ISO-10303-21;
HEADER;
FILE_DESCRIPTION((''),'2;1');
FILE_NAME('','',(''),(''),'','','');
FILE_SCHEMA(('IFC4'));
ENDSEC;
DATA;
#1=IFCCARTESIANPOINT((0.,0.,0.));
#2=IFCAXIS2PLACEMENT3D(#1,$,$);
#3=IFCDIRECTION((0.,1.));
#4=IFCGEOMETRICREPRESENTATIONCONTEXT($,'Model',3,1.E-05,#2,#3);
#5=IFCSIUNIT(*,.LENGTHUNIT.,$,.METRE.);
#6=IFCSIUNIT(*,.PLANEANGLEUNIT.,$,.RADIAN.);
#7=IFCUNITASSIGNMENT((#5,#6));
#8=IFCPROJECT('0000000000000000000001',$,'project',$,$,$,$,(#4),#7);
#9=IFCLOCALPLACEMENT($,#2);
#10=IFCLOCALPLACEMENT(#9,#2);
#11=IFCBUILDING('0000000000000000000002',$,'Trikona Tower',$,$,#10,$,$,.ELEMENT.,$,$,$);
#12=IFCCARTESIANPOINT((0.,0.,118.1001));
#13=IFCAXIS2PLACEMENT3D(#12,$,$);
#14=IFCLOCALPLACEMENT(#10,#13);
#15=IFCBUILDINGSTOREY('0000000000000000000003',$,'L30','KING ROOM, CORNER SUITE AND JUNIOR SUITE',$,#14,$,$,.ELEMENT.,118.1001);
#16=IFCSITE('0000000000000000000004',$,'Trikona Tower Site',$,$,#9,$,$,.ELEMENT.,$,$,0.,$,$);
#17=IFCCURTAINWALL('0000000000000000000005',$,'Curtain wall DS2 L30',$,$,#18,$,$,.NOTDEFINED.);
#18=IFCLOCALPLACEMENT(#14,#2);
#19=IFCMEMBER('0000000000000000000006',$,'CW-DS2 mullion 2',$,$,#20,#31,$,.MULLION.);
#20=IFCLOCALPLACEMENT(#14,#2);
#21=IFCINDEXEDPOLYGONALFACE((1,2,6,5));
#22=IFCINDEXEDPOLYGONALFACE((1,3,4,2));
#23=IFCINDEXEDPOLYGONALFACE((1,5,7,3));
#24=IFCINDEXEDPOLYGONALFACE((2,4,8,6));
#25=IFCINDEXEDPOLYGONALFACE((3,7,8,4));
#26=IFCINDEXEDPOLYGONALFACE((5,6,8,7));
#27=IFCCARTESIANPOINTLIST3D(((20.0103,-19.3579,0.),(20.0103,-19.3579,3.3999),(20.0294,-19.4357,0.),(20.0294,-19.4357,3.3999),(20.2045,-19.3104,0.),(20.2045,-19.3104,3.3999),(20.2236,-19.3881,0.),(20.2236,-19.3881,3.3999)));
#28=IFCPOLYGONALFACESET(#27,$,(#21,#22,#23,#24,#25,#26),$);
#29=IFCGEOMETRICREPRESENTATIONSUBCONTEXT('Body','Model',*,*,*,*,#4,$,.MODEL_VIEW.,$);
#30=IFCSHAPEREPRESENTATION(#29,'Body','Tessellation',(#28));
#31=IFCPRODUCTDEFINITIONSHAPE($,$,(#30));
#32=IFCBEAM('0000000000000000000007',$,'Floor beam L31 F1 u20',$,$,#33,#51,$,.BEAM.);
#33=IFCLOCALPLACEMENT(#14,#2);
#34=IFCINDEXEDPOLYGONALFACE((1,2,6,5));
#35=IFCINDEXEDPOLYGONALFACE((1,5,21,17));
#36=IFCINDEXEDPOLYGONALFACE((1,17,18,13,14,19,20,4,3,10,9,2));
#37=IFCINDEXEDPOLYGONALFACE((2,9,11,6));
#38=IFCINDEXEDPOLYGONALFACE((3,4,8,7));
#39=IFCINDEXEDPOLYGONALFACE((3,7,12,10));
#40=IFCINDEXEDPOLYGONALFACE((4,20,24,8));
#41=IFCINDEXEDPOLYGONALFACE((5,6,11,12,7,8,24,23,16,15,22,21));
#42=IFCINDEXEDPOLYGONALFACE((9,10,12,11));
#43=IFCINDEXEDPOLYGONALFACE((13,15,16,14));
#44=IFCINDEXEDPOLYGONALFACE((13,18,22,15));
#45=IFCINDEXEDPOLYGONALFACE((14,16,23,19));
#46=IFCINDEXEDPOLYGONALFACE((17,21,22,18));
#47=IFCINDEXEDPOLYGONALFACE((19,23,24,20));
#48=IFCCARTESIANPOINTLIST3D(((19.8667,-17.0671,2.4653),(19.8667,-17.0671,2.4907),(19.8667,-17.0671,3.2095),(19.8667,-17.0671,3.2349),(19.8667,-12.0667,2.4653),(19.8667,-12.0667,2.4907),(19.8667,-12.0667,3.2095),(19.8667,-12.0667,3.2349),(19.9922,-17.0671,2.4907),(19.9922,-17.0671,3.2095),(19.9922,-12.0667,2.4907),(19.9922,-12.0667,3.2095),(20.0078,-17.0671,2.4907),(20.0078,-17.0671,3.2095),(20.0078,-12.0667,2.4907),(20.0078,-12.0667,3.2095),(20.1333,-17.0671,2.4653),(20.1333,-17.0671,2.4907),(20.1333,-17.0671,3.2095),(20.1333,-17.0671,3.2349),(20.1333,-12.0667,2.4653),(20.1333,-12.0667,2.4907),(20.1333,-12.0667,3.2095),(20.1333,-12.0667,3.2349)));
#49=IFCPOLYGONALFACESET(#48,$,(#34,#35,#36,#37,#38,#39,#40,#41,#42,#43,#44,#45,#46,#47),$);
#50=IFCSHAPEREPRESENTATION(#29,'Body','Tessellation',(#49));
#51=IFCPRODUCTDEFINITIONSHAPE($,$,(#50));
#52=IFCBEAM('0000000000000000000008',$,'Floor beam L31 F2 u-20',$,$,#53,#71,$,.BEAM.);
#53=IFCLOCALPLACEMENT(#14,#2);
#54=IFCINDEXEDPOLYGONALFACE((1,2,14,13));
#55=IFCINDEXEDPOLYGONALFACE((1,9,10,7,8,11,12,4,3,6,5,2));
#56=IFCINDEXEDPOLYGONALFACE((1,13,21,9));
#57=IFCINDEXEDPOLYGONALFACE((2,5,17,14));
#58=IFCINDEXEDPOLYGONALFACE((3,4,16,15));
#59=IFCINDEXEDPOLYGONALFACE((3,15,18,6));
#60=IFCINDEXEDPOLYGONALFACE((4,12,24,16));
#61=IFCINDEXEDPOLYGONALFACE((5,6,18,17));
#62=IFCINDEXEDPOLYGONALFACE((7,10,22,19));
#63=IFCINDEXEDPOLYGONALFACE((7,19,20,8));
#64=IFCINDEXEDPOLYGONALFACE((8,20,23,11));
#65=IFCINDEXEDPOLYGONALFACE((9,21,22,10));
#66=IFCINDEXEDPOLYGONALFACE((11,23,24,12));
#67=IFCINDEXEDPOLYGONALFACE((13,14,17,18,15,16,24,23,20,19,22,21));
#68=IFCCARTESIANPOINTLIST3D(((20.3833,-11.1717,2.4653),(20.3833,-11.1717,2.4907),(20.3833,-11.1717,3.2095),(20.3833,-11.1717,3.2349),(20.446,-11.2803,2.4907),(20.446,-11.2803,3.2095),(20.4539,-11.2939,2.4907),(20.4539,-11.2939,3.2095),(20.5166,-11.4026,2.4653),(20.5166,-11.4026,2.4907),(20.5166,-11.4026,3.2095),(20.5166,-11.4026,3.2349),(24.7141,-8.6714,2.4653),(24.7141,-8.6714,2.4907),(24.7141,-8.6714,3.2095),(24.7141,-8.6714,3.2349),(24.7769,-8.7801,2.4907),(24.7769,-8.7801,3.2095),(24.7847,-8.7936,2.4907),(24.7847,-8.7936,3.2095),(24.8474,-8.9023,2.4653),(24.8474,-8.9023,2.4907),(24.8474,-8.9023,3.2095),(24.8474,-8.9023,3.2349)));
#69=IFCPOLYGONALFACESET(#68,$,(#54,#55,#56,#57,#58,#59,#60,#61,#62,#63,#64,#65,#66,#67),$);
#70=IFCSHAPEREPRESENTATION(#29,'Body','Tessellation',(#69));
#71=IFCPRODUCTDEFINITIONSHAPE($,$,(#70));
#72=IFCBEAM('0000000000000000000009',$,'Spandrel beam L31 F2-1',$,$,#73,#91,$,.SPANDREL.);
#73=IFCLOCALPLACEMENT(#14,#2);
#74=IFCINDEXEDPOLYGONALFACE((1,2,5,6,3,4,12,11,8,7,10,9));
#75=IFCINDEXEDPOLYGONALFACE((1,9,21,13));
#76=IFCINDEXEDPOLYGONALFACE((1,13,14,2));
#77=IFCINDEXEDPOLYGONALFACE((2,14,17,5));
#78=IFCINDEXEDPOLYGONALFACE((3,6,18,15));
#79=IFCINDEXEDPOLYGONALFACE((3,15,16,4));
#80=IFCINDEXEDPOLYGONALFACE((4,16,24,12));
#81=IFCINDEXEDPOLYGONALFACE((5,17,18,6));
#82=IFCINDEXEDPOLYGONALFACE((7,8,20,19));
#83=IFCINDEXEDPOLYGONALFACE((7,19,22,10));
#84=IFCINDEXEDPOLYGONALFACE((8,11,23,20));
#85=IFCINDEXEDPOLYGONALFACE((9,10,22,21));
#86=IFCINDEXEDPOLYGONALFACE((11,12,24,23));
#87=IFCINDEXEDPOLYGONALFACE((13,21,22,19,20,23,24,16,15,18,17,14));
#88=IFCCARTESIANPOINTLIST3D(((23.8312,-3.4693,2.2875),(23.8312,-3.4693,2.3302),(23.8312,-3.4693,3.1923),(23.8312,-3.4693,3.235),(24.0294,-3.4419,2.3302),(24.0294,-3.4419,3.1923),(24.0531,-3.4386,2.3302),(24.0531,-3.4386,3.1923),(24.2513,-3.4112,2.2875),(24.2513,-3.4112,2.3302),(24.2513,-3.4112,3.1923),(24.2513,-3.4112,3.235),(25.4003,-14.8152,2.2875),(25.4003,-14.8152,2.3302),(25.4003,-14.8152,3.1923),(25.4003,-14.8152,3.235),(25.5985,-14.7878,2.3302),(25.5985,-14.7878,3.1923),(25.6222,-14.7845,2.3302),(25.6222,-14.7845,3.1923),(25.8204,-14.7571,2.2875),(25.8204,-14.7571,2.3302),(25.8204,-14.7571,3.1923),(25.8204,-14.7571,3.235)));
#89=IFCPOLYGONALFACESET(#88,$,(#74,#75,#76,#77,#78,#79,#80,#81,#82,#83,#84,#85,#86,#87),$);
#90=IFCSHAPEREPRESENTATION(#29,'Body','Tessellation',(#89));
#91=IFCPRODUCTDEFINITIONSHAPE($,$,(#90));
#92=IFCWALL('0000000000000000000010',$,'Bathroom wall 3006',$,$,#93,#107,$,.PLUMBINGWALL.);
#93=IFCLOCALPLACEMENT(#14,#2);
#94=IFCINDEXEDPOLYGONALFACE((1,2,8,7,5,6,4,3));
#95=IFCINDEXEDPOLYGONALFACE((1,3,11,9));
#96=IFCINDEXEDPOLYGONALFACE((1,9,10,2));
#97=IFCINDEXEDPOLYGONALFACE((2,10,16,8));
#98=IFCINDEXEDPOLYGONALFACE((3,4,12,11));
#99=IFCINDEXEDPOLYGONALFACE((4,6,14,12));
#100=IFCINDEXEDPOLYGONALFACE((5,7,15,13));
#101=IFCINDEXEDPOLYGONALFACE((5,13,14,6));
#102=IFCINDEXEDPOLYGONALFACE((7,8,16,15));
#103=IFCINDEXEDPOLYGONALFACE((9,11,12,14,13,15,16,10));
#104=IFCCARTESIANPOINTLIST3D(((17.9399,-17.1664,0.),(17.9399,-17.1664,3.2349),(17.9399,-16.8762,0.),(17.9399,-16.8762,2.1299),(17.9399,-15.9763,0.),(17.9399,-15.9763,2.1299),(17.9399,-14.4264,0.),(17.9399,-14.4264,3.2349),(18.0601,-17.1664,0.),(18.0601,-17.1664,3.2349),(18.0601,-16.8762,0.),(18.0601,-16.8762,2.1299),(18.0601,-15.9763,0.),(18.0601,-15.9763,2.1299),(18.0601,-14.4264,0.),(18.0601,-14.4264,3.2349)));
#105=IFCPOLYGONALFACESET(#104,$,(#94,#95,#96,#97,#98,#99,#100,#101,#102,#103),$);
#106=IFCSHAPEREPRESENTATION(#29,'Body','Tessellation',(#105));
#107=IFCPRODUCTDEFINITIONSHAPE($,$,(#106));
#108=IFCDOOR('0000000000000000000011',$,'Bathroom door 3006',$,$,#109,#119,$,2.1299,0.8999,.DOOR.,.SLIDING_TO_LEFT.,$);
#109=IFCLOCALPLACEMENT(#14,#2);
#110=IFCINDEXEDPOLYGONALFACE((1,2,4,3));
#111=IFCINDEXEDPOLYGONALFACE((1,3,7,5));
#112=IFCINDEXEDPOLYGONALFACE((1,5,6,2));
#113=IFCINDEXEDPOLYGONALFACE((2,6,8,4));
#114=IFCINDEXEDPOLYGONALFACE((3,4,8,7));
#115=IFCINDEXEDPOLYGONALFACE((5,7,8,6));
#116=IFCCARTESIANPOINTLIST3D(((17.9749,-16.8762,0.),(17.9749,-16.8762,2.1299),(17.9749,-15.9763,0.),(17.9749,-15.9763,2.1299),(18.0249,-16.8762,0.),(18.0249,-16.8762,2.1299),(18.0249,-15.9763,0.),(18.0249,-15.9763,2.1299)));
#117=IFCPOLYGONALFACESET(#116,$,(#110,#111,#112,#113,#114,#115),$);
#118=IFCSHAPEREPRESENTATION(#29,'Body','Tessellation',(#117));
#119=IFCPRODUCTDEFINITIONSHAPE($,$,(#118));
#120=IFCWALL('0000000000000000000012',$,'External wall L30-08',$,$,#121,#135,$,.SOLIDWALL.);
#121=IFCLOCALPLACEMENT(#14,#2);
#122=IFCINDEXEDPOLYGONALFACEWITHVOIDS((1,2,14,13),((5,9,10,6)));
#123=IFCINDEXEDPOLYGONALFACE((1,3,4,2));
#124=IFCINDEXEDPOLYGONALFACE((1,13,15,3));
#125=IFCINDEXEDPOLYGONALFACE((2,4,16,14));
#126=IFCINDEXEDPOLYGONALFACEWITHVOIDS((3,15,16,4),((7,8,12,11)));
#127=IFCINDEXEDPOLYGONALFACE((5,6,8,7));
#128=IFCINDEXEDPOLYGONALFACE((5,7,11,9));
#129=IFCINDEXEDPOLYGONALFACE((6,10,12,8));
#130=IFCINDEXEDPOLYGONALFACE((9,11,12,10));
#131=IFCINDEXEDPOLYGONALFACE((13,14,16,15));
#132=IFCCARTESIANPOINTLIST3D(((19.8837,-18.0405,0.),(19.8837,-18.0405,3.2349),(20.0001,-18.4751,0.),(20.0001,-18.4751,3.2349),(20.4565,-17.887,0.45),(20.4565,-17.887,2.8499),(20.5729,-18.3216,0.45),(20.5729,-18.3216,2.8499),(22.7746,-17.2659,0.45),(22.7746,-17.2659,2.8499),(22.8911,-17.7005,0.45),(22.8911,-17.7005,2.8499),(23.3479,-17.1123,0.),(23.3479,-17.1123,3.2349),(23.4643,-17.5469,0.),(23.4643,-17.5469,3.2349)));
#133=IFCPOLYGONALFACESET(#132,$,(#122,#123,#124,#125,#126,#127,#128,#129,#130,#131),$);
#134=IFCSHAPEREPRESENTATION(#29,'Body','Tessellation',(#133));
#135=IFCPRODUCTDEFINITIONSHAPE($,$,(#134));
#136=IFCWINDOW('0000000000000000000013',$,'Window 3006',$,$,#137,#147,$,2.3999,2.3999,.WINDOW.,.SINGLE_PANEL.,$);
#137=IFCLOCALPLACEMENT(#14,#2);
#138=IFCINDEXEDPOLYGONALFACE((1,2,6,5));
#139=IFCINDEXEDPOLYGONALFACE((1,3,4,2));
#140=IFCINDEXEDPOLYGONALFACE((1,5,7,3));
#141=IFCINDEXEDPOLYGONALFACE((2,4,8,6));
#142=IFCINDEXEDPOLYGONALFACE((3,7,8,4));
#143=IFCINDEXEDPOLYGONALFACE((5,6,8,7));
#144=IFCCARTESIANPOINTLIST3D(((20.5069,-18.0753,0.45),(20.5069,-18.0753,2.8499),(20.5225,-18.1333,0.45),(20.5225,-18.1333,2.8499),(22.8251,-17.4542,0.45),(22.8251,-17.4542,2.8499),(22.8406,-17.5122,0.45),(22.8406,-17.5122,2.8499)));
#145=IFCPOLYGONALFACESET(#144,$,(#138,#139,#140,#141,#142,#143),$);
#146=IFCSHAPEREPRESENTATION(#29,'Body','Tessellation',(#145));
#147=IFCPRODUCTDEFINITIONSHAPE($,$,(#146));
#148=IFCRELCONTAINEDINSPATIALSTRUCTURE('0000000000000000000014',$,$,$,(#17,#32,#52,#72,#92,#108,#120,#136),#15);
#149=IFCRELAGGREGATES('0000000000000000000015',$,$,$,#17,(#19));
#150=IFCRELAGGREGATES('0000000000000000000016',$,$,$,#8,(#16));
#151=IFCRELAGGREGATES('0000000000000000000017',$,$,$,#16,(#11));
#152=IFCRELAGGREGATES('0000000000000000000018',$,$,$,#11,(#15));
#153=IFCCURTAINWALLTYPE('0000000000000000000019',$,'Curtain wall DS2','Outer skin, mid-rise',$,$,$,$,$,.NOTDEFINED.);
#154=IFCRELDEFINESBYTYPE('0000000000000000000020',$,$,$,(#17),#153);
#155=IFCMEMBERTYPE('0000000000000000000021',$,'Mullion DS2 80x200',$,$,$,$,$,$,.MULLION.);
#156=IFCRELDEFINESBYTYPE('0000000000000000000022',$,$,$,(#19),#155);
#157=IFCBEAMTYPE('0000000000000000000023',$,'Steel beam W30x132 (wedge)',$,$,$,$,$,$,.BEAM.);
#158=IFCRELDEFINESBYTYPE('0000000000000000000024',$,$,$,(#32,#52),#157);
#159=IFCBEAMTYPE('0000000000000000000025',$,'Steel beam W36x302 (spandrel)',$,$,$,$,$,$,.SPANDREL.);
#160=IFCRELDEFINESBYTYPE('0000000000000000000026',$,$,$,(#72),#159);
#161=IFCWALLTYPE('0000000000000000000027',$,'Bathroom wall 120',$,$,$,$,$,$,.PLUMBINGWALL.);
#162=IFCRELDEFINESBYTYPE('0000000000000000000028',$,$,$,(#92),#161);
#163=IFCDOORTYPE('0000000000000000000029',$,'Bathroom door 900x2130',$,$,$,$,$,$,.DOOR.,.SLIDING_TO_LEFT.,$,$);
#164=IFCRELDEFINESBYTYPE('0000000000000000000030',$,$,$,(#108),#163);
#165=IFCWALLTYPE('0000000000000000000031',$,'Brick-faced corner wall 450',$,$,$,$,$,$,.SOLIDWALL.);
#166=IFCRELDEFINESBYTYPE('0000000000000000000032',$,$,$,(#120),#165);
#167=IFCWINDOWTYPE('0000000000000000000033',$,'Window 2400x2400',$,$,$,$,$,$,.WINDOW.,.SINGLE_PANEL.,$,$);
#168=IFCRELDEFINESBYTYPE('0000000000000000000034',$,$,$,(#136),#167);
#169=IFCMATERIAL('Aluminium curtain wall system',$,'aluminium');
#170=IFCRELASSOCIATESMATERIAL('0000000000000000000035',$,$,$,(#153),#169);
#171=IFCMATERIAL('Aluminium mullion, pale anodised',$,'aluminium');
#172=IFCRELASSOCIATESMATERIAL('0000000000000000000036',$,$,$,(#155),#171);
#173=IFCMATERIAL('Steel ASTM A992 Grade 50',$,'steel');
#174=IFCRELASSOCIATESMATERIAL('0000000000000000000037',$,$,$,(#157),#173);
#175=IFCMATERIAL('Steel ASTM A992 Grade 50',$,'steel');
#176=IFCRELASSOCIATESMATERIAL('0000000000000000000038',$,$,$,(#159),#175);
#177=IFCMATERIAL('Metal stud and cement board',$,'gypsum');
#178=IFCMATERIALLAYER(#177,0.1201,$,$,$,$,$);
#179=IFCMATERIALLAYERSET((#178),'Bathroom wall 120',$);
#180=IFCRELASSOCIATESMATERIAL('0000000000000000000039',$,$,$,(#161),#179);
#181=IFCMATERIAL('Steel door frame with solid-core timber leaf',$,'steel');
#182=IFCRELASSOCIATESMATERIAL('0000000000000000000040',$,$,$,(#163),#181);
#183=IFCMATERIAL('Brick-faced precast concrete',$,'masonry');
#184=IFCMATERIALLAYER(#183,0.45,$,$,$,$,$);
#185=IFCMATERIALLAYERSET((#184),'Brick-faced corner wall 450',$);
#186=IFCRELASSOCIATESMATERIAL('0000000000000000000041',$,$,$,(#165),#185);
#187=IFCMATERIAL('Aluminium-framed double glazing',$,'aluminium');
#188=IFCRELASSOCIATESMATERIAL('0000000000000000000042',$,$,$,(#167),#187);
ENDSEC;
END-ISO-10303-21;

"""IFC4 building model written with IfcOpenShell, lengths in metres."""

from ifc_helpers import new_model, si_unit, direction, frame, frame_2d, origin, origin_2d, place, context, subcontext, project, spatial, rectangle, i_section, extrude, material, layer, layer_set, material_profile, profile_set, type_object, element, fill, aggregate, save


model = new_model("IFC4")

# Units and contexts
model_context = context("Model", 3, precision=1e-05, world=origin(), true_north=direction((0.0, 1.0)))
body_context = subcontext(model_context, "Body", "Model", "MODEL_VIEW")
ifc_project = project(units=[si_unit("LENGTHUNIT", "METRE"), si_unit("PLANEANGLEUNIT", "RADIAN")], contexts=[model_context])

# Site, building, storey
site_placement = place(None, origin())
site = spatial("IfcSite", under=ifc_project, at=site_placement, Name="Trikona Tower Site", CompositionType="ELEMENT", RefElevation=0.0)
building_placement = place(site_placement, origin())
building = spatial("IfcBuilding", under=site, at=building_placement, Name="Trikona Tower", CompositionType="ELEMENT")
storey_placement = place(building_placement, frame((0.0, 0.0, 118.1001)))
storey = spatial("IfcBuildingStorey", under=building, at=storey_placement, Name="L30", Description="KING ROOM, CORNER SUITE AND JUNIOR SUITE", CompositionType="ELEMENT", Elevation=118.1001)

# Curtain wall, member
ifc_material_1 = material(Name="Aluminium curtain wall system", Category="aluminium")
curtain_wall_type = type_object("IfcCurtainWallType", Name="Curtain wall DS2", Description="Outer skin, mid-rise", PredefinedType="NOTDEFINED", material=ifc_material_1)
curtain_wall_placement = place(storey_placement, origin())
curtain_wall = element("IfcCurtainWall", 1, at=curtain_wall_placement, inside=storey, type_object=curtain_wall_type, Name="Curtain wall DS2 L30", PredefinedType="NOTDEFINED")
ifc_material_2 = material(Name="Aluminium mullion, pale anodised", Category="aluminium")
ifc_material_profile_1 = material_profile(ifc_material_2, rectangle(XDim=0.0801, YDim=0.2, at=origin_2d()), Name="MUL-DS2")
ifc_profile_set_1 = profile_set([ifc_material_profile_1], Name="Aluminium mullion, pale anodised")
member_type = type_object("IfcMemberType", Name="Mullion DS2 80x200", PredefinedType="MULLION", material=ifc_profile_set_1)
member_placement = place(storey_placement, frame((20.1169, -19.373, 0.0), z_axis=(0.0, 0.0, 1.0), x_axis=(-0.23797, 0.971272, 0.0)))
member = element("IfcMember", 2, at=member_placement, type_object=member_type, Name="CW-DS2 mullion 2", PredefinedType="MULLION", context=body_context, shape_type="SweptSolid", body=[
    extrude(rectangle(XDim=0.0801, YDim=0.2, at=origin_2d()), origin(), (0.0, 0.0, 1.0), 3.3999),
])
aggregate(curtain_wall, [member])

# Beams
ifc_material_3 = material(Name="Steel ASTM A992 Grade 50", Category="steel")
ifc_material_profile_2 = material_profile(ifc_material_3, i_section(OverallWidth=0.2666, OverallDepth=0.7695, WebThickness=0.0156, FlangeThickness=0.0254, at=origin_2d()), Name="W30X132")
ifc_profile_set_2 = profile_set([ifc_material_profile_2], Name="Steel ASTM A992 Grade 50")
beam_type_1 = type_object("IfcBeamType", Name="Steel beam W30x132 (wedge)", PredefinedType="BEAM", material=ifc_profile_set_2)
beam_1_placement = place(storey_placement, frame((20.0, -12.0667, 2.8501), z_axis=(0.0, -1.0, 0.0), x_axis=(1.0, 0.0, 0.0)))
element("IfcBeam", 3, at=beam_1_placement, inside=storey, type_object=beam_type_1, Name="Floor beam L31 F1 u20", PredefinedType="BEAM", context=body_context, shape_type="SweptSolid", body=[
    extrude(i_section(OverallWidth=0.2666, OverallDepth=0.7695, WebThickness=0.0156, FlangeThickness=0.0254, at=origin_2d()), origin(), (0.0, 0.0, 1.0), 5.0005),
])
beam_2_placement = place(storey_placement, frame((20.45, -11.2871, 2.8501), z_axis=(0.866038, 0.499977, 0.0), x_axis=(-0.499977, 0.866038, 0.0)))
element("IfcBeam", 4, at=beam_2_placement, inside=storey, type_object=beam_type_1, Name="Floor beam L31 F2 u-20", PredefinedType="BEAM", context=body_context, shape_type="SweptSolid", body=[
    extrude(i_section(OverallWidth=0.2666, OverallDepth=0.7695, WebThickness=0.0156, FlangeThickness=0.0254, at=origin_2d()), origin(), (0.0, 0.0, 1.0), 5.0007),
])
ifc_material_4 = material(Name="Steel ASTM A992 Grade 50", Category="steel")
ifc_material_profile_3 = material_profile(ifc_material_4, i_section(OverallWidth=0.4241, OverallDepth=0.9475, WebThickness=0.0239, FlangeThickness=0.0427, at=origin_2d()), Name="W36X302")
ifc_profile_set_3 = profile_set([ifc_material_profile_3], Name="Steel ASTM A992 Grade 50")
beam_type_2 = type_object("IfcBeamType", Name="Steel beam W36x302 (spandrel)", PredefinedType="SPANDREL", material=ifc_profile_set_3)
beam_3_placement = place(storey_placement, frame((25.6104, -14.7861, 2.7612), z_axis=(-0.136992, 0.990572, 0.0), x_axis=(-0.990572, -0.136992, 0.0)))
element("IfcBeam", 5, at=beam_3_placement, inside=storey, type_object=beam_type_2, Name="Spandrel beam L31 F2-1", PredefinedType="SPANDREL", context=body_context, shape_type="SweptSolid", body=[
    extrude(i_section(OverallWidth=0.4241, OverallDepth=0.9475, WebThickness=0.0239, FlangeThickness=0.0427, at=origin_2d()), origin(), (0.0, 0.0, 1.0), 11.4539),
])

# Wall, opening, door
ifc_material_5 = material(Name="Metal stud and cement board", Category="gypsum")
ifc_layer_1 = layer(ifc_material_5, 0.1201)
ifc_layer_set_1 = layer_set([ifc_layer_1], Name="Bathroom wall 120")
wall_type_1 = type_object("IfcWallType", Name="Bathroom wall 120", PredefinedType="PLUMBINGWALL", material=ifc_layer_set_1)
wall_1_placement = place(storey_placement, frame((18.0, -14.4263, 0.0), z_axis=(0.0, 0.0, 1.0), x_axis=(0.0, -1.0, 0.0)))
wall_1 = element("IfcWall", 6, at=wall_1_placement, inside=storey, type_object=wall_type_1, Name="Bathroom wall 3006", PredefinedType="PLUMBINGWALL", context=body_context, shape_type="SweptSolid", body=[
    extrude(rectangle(XDim=2.74, YDim=0.1201, at=frame_2d((1.3701, 0.0))), origin(), (0.0, 0.0, 1.0), 3.2349),
])
opening_1_placement = place(wall_1_placement, frame((1.55, 0.0, 0.0)))
opening_1 = element("IfcOpeningElement", 7, at=opening_1_placement, cuts=wall_1, PredefinedType="OPENING", context=body_context, shape_type="SweptSolid", body=[
    extrude(rectangle(XDim=0.8999, YDim=2.1299, at=frame_2d((0.45, 1.0649))), frame((0.0, 0.0701, 0.0), z_axis=(0.0, -1.0, 0.0), x_axis=(1.0, 0.0, 0.0)), (0.0, 0.0, 1.0), 0.1401),
])
ifc_material_6 = material(Name="Steel door frame with solid-core timber leaf", Category="steel")
door_type_1 = type_object("IfcDoorType", Name="Bathroom door 900x2130", OperationType="SLIDING_TO_LEFT", PredefinedType="DOOR", material=ifc_material_6)
door_1_placement = place(opening_1_placement, origin())
door_1 = element("IfcDoor", 8, at=door_1_placement, inside=storey, type_object=door_type_1, Name="Bathroom door 3006", OperationType="SLIDING_TO_LEFT", OverallHeight=2.1299, OverallWidth=0.8999, PredefinedType="DOOR", context=body_context, shape_type="SweptSolid", body=[
    extrude(rectangle(XDim=0.8999, YDim=2.1299, at=frame_2d((0.45, 1.0649))), frame((0.0, 0.0249, 0.0), z_axis=(0.0, -1.0, 0.0), x_axis=(1.0, 0.0, 0.0)), (0.0, 0.0, 1.0), 0.05),
])
fill(opening_1, door_1)

# Wall, opening, window
ifc_material_7 = material(Name="Brick-faced precast concrete", Category="masonry")
ifc_layer_2 = layer(ifc_material_7, 0.45)
ifc_layer_set_2 = layer_set([ifc_layer_2], Name="Brick-faced corner wall 450")
wall_type_2 = type_object("IfcWallType", Name="Brick-faced corner wall 450", PredefinedType="SOLIDWALL", material=ifc_layer_set_2)
wall_2_placement = place(storey_placement, frame((19.9419, -18.2578, 0.0), z_axis=(0.0, 0.0, 1.0), x_axis=(0.965925, 0.258823, 0.0)))
wall_2 = element("IfcWall", 9, at=wall_2_placement, inside=storey, type_object=wall_type_2, Name="External wall L30-08", PredefinedType="SOLIDWALL", context=body_context, shape_type="SweptSolid", body=[
    extrude(rectangle(XDim=3.5864, YDim=0.45, at=frame_2d((1.7932, 0.0))), origin(), (0.0, 0.0, 1.0), 3.2349),
])
opening_2_placement = place(wall_2_placement, frame((0.593, 0.0, 0.45)))
opening_2 = element("IfcOpeningElement", 10, at=opening_2_placement, cuts=wall_2, PredefinedType="OPENING", context=body_context, shape_type="SweptSolid", body=[
    extrude(rectangle(XDim=2.3999, YDim=2.3999, at=frame_2d((1.2, 1.2))), frame((0.0, 0.2349, 0.0), z_axis=(0.0, -1.0, 0.0), x_axis=(1.0, 0.0, 0.0)), (0.0, 0.0, 1.0), 0.47),
])
ifc_material_8 = material(Name="Aluminium-framed double glazing", Category="aluminium")
window_type_1 = type_object("IfcWindowType", Name="Window 2400x2400", PartitioningType="SINGLE_PANEL", PredefinedType="WINDOW", material=ifc_material_8)
window_1_placement = place(opening_2_placement, origin())
window_1 = element("IfcWindow", 11, at=window_1_placement, inside=storey, type_object=window_type_1, Name="Window 3006", OverallHeight=2.3999, OverallWidth=2.3999, PartitioningType="SINGLE_PANEL", PredefinedType="WINDOW", context=body_context, shape_type="SweptSolid", body=[
    extrude(rectangle(XDim=2.3999, YDim=2.3999, at=frame_2d((1.2, 1.2))), frame((0.0, 0.03, 0.0), z_axis=(0.0, -1.0, 0.0), x_axis=(1.0, 0.0, 0.0)), (0.0, 0.0, 1.0), 0.0601),
])
fill(opening_2, window_1)

save(model, "model.ifc")
